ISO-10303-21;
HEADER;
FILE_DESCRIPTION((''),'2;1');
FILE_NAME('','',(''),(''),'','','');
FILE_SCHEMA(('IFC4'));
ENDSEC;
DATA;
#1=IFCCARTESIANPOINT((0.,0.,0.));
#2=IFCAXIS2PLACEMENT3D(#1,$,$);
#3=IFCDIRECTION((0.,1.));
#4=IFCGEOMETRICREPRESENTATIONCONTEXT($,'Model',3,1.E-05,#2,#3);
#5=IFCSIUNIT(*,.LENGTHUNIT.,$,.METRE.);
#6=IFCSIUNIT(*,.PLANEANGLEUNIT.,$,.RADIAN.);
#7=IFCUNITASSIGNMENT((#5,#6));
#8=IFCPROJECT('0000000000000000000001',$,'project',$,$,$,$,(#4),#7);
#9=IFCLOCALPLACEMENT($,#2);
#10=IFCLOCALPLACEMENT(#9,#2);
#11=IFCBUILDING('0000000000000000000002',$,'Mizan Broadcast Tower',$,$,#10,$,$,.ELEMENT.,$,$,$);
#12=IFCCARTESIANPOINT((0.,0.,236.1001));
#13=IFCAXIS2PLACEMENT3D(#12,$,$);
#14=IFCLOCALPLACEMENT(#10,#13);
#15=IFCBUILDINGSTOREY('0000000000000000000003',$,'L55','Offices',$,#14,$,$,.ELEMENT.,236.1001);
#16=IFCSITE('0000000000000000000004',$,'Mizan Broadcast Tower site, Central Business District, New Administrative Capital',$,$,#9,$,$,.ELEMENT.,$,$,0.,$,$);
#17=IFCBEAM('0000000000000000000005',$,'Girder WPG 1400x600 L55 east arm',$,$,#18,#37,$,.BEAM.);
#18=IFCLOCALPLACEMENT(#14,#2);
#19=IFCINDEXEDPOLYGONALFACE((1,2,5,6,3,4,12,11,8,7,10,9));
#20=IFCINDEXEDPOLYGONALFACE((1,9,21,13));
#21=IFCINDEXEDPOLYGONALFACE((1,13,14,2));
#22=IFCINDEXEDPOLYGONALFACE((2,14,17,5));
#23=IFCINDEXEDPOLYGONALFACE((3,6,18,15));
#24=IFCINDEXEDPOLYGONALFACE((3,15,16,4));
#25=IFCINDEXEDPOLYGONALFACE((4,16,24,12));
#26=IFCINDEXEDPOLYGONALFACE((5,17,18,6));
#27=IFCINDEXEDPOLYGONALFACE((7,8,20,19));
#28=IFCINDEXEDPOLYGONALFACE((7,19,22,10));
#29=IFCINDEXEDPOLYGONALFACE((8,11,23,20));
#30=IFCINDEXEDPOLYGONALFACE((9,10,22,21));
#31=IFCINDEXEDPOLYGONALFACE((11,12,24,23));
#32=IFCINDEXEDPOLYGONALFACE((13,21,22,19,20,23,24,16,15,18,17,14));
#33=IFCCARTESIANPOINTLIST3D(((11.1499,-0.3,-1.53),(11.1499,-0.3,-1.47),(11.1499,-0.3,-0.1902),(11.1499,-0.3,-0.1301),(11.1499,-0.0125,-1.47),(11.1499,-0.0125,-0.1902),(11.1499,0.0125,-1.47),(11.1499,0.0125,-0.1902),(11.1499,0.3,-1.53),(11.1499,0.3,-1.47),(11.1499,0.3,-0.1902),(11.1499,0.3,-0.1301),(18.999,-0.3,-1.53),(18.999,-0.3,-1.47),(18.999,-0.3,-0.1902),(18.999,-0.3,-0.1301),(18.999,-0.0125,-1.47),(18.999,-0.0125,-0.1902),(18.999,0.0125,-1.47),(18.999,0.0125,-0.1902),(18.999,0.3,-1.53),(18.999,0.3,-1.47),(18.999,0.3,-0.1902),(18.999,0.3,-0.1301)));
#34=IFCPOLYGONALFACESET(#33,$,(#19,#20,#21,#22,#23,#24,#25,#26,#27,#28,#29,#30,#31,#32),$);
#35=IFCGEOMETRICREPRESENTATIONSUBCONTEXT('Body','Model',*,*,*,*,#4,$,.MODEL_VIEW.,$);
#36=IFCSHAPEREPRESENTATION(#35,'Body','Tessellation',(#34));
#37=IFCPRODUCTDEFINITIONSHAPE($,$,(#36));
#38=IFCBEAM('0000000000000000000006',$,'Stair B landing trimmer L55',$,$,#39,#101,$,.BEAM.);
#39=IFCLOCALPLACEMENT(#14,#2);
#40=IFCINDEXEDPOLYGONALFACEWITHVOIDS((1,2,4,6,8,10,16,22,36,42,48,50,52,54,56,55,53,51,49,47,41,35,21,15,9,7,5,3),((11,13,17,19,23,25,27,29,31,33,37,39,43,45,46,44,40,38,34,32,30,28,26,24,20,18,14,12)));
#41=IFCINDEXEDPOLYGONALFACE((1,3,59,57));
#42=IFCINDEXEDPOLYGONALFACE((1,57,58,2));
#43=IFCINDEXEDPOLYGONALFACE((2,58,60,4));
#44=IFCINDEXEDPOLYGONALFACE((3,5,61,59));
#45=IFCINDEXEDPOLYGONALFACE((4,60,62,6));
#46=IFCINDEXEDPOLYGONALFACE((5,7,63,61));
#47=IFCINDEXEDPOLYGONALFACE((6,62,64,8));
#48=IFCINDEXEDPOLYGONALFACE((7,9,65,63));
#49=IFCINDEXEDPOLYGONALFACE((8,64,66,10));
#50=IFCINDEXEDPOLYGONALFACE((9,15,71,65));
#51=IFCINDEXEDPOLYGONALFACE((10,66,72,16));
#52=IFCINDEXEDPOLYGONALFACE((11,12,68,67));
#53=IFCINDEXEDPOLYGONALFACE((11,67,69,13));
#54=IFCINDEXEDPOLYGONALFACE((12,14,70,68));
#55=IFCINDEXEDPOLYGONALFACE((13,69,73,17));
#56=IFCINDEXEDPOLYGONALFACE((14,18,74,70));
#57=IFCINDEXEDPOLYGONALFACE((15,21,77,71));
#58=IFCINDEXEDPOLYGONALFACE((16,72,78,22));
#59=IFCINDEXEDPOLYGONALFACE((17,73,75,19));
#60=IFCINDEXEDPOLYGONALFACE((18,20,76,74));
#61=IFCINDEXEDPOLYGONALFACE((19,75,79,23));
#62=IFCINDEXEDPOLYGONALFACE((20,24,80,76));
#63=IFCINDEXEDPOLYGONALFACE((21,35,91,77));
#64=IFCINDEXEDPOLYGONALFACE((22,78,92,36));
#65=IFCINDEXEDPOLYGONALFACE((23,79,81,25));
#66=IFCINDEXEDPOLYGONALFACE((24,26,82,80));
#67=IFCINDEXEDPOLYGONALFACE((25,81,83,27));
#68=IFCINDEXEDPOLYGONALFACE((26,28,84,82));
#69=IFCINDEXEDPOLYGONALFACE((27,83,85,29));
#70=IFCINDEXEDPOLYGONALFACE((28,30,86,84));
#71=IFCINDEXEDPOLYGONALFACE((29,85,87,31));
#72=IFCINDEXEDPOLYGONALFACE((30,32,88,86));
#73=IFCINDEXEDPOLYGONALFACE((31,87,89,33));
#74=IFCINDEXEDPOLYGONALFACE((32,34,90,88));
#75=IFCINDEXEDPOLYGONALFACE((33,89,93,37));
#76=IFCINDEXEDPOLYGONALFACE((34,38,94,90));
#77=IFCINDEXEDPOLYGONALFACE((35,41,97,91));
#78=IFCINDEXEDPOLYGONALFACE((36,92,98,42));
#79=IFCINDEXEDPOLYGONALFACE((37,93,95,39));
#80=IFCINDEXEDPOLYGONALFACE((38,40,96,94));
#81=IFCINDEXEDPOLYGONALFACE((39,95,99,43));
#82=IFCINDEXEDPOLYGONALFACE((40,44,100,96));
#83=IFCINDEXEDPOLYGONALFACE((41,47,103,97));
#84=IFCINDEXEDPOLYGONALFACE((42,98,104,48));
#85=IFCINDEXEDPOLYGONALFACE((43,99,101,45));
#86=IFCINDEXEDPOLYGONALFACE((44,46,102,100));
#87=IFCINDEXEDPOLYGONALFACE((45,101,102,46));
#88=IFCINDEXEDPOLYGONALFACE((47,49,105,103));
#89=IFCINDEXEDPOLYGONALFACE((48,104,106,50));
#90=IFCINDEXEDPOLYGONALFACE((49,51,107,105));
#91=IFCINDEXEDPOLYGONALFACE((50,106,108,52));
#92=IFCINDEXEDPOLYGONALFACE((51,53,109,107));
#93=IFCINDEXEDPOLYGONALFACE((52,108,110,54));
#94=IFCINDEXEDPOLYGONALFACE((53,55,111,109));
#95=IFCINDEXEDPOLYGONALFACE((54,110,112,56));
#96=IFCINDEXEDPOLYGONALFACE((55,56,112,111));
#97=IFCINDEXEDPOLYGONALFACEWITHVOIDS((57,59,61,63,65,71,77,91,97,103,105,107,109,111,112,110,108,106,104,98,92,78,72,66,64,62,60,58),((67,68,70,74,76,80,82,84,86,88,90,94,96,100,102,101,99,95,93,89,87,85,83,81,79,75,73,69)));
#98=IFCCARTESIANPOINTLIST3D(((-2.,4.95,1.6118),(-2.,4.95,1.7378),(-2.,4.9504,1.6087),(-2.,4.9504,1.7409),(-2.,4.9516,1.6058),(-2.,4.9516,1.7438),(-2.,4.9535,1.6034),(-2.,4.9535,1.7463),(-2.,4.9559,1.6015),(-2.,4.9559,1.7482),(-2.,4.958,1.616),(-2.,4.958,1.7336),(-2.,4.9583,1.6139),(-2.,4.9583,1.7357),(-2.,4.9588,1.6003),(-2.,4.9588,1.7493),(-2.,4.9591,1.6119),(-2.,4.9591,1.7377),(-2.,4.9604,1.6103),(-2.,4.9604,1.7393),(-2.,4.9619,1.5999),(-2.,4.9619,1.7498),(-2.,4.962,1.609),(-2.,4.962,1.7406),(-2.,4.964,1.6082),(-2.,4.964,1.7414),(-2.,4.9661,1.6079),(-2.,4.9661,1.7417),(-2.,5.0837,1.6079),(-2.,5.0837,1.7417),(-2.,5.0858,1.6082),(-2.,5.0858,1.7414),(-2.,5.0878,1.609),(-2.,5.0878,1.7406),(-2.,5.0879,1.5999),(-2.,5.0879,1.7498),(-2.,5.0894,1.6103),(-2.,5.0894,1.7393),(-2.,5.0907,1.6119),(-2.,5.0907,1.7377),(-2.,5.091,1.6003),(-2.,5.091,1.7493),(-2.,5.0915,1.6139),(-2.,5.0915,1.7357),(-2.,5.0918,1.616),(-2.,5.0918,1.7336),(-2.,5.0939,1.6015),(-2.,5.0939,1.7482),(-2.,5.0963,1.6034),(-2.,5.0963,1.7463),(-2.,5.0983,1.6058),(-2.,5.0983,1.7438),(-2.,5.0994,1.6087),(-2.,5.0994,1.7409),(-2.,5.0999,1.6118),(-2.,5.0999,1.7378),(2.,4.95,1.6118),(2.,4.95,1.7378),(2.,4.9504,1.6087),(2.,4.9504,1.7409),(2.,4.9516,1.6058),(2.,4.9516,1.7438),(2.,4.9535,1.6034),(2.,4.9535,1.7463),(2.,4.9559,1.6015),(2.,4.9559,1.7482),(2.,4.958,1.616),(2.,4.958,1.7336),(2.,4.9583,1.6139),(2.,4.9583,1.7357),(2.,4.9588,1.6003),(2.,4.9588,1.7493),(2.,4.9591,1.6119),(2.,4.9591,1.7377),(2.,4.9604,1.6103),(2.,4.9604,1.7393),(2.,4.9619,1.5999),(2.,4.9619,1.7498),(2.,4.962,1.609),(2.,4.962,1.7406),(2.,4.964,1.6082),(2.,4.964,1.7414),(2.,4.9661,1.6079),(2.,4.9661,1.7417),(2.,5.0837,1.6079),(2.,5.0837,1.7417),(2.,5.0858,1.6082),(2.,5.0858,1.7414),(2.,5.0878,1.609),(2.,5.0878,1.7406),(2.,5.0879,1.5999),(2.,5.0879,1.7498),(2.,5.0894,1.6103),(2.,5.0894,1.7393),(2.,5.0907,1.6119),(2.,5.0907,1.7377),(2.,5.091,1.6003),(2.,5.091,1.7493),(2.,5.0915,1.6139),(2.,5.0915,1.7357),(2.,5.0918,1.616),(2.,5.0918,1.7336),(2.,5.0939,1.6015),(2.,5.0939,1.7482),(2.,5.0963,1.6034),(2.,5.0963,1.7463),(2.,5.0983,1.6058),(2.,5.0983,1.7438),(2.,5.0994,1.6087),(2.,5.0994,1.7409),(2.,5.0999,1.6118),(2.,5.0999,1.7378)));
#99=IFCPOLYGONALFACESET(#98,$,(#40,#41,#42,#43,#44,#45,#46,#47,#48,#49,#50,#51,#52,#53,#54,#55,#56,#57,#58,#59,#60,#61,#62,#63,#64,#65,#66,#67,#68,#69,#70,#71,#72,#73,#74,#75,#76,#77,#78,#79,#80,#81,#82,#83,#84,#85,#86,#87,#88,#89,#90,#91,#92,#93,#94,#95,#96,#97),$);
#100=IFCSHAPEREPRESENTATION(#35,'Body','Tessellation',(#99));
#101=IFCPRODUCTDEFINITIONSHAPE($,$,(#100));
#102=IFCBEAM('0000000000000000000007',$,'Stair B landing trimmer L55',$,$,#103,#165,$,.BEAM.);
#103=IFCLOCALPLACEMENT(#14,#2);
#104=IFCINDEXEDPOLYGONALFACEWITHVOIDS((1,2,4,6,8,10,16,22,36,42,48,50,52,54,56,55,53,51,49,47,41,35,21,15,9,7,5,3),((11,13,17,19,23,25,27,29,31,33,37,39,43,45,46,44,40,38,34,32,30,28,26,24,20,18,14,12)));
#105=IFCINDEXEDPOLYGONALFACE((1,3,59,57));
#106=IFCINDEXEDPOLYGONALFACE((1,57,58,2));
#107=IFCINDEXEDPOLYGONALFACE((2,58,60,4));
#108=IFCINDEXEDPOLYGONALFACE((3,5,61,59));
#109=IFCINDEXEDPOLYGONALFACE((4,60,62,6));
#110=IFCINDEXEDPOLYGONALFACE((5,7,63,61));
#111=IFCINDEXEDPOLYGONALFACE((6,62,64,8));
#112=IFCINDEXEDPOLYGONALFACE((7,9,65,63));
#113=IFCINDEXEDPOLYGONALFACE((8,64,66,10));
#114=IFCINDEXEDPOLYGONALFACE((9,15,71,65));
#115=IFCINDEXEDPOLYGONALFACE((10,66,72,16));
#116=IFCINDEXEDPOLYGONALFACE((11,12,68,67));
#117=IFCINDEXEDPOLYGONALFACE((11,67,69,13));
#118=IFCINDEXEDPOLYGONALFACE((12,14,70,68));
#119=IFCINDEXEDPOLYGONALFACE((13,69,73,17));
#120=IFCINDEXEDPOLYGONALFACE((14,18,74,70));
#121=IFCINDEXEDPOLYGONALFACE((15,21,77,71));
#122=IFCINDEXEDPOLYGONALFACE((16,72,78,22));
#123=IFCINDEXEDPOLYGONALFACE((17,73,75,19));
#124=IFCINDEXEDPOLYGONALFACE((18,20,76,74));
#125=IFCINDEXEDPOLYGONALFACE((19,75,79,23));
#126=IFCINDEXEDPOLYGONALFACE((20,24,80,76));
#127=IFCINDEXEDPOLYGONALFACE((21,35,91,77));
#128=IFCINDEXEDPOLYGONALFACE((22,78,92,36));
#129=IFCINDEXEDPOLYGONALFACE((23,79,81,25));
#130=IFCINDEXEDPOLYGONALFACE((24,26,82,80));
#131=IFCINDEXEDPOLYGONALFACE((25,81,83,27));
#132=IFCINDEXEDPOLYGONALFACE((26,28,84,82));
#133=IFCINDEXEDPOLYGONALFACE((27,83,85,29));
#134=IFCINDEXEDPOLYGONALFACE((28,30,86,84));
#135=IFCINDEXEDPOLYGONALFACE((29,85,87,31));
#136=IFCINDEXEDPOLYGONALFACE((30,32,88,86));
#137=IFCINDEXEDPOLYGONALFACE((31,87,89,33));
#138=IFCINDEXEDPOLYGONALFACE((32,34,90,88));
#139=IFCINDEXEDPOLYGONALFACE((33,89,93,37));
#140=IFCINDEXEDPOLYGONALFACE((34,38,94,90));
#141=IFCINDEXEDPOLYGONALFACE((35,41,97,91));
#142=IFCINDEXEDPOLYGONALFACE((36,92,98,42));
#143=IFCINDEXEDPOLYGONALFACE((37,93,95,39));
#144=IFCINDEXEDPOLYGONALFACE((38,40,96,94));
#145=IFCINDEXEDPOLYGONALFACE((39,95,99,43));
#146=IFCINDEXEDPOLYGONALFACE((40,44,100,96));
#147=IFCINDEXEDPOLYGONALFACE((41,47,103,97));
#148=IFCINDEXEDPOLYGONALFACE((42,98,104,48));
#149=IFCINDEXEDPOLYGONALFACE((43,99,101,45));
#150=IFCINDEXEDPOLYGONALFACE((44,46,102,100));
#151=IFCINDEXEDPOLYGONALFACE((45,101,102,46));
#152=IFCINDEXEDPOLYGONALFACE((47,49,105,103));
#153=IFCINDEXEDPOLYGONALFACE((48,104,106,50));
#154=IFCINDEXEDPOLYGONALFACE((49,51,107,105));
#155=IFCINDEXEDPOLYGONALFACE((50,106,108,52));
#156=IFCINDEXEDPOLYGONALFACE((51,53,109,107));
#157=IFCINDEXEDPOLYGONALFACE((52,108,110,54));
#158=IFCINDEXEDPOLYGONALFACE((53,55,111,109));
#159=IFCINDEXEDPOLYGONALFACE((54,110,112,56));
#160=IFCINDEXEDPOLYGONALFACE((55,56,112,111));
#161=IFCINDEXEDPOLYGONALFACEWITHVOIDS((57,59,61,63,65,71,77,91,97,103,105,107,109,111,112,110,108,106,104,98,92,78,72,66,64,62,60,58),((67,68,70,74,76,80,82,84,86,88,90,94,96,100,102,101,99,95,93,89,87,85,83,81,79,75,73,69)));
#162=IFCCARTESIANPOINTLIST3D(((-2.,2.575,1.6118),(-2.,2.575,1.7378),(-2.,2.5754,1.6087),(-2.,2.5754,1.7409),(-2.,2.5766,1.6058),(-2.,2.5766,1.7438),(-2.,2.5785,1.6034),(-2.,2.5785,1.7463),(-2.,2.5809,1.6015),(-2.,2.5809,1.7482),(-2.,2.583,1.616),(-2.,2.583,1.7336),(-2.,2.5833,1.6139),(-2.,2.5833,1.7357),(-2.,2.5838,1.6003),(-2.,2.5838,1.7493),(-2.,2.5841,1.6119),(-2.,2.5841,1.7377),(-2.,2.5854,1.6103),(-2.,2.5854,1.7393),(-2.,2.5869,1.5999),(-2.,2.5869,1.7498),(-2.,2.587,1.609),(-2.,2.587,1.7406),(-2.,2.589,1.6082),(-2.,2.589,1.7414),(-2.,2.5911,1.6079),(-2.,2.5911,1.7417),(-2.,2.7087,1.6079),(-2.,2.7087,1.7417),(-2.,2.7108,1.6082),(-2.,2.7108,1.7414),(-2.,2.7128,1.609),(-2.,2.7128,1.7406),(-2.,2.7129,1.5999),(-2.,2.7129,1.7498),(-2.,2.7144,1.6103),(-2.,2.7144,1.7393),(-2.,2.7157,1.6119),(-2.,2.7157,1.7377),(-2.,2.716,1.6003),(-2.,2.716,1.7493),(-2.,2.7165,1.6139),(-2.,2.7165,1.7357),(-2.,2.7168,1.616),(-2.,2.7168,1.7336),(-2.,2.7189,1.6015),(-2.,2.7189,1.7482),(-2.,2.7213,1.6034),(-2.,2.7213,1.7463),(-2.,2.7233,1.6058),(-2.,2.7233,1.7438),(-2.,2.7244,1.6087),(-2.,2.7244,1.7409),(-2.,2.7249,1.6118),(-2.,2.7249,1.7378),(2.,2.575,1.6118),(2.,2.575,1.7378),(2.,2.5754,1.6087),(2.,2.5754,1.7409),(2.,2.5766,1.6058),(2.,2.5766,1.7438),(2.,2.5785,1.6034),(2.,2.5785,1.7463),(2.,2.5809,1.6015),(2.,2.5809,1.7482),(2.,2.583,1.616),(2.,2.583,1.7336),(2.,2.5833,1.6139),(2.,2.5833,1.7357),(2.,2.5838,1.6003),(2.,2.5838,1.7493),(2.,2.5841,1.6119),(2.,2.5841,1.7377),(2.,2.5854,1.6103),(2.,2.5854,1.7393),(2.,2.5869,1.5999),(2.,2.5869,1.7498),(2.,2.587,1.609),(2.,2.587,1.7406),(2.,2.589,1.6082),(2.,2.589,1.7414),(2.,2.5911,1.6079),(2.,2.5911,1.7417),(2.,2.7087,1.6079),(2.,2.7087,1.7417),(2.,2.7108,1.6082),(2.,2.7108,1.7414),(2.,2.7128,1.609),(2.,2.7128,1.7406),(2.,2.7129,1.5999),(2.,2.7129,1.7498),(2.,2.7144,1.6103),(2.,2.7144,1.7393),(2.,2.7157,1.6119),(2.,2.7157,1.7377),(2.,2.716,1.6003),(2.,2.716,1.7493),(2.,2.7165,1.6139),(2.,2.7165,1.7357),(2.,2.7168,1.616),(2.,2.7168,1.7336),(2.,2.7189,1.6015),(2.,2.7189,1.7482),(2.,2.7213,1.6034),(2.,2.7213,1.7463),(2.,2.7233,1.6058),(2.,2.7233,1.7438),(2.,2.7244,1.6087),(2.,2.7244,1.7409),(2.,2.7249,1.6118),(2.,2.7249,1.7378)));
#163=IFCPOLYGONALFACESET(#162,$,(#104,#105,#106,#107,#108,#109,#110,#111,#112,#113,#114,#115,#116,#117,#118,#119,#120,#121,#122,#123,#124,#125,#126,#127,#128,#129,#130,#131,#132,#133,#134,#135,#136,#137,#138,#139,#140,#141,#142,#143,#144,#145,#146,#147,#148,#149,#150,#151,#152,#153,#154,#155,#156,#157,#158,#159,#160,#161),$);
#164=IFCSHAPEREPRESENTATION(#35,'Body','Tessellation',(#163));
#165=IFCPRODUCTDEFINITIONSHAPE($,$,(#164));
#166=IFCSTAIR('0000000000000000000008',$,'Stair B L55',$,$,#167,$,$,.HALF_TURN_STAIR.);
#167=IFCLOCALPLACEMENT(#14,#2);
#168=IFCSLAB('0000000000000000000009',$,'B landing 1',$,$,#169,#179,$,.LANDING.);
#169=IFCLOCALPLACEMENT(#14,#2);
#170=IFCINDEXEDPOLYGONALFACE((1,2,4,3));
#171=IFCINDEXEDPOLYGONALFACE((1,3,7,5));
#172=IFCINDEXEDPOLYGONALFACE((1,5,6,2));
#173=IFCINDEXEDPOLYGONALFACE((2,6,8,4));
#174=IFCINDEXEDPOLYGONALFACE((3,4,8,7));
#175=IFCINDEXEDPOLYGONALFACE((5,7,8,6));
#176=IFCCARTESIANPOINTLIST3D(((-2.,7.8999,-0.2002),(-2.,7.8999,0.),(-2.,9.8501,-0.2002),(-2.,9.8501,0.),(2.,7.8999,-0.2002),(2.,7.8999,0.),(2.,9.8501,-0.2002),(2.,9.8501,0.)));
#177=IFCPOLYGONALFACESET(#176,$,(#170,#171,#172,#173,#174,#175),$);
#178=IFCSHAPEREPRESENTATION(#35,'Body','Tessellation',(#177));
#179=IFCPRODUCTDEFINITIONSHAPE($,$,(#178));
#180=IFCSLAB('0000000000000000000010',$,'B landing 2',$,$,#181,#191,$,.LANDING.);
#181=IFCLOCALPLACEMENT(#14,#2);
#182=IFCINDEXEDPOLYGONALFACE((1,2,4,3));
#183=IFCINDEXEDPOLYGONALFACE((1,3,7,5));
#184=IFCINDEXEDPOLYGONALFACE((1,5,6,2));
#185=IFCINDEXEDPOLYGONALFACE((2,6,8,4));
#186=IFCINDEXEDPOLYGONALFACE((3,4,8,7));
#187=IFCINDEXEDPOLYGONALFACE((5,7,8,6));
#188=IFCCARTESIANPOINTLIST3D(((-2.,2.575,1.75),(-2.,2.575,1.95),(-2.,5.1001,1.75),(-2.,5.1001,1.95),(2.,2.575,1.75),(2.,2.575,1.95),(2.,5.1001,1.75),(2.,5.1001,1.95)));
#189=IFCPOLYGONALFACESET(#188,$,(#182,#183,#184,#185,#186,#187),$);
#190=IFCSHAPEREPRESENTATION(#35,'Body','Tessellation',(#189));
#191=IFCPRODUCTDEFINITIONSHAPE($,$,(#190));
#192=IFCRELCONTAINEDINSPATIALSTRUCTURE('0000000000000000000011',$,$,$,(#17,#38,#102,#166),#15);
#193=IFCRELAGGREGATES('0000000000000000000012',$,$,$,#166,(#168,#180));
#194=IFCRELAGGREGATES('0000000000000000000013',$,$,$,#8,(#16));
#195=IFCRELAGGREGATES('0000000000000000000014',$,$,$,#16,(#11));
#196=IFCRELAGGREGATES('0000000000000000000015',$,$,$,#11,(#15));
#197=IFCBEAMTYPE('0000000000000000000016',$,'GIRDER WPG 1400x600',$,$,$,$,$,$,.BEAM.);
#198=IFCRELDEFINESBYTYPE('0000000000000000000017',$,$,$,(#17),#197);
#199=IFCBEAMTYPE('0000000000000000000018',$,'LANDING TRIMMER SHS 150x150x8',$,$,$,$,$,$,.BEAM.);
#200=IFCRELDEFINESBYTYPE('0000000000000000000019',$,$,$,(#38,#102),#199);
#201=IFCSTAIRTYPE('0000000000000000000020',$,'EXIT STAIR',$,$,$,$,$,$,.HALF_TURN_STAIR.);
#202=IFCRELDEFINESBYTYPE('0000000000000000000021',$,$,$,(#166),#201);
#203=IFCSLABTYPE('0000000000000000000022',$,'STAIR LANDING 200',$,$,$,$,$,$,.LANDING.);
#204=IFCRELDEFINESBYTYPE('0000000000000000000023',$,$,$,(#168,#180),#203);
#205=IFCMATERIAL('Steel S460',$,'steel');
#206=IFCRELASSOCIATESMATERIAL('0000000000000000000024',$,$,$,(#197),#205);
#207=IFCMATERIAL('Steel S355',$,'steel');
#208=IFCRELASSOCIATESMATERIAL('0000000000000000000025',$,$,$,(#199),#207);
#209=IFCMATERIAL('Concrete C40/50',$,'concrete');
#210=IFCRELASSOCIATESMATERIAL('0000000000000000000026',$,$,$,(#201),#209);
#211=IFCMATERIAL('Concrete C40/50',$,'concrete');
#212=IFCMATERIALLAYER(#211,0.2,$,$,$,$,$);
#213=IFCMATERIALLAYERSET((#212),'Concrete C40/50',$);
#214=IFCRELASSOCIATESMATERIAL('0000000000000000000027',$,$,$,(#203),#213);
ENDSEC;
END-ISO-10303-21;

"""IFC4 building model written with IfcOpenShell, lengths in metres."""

from ifc_helpers import new_model, si_unit, direction, frame, origin, origin_2d, place, context, subcontext, project, spatial, polyline, hollow_rectangle, i_section, outline, extrude, material, layer, layer_set, material_profile, profile_set, type_object, element, aggregate, save


model = new_model("IFC4")

# Units and contexts
model_context = context("Model", 3, precision=1e-05, world=origin(), true_north=direction((0.0, 1.0)))
body_context = subcontext(model_context, "Body", "Model", "MODEL_VIEW")
ifc_project = project(units=[si_unit("LENGTHUNIT", "METRE"), si_unit("PLANEANGLEUNIT", "RADIAN")], contexts=[model_context])

# Site, building, storey
site_placement = place(None, origin())
site = spatial("IfcSite", under=ifc_project, at=site_placement, Name="Mizan Broadcast Tower site, Central Business District, New Administrative Capital", CompositionType="ELEMENT", RefElevation=0.0)
building_placement = place(site_placement, origin())
building = spatial("IfcBuilding", under=site, at=building_placement, Name="Mizan Broadcast Tower", CompositionType="ELEMENT")
storey_placement = place(building_placement, frame((0.0, 0.0, 236.1001)))
storey = spatial("IfcBuildingStorey", under=building, at=storey_placement, Name="L55", Description="Offices", CompositionType="ELEMENT", Elevation=236.1001)

# Beams
ifc_material_1 = material(Name="Steel S460", Category="steel")
ifc_material_profile_1 = material_profile(ifc_material_1, i_section(OverallWidth=0.6001, OverallDepth=1.3999, WebThickness=0.0249, FlangeThickness=0.0601, at=origin_2d()), Name="WPG 1400x600")
ifc_profile_set_1 = profile_set([ifc_material_profile_1], Name="Steel S460")
beam_type_1 = type_object("IfcBeamType", Name="GIRDER WPG 1400x600", PredefinedType="BEAM", material=ifc_profile_set_1)
beam_placement = place(storey_placement, frame((11.1499, 0.0, -0.8301), z_axis=(1.0, 0.0, 0.0), x_axis=(0.0, 1.0, 0.0)))
element("IfcBeam", 1, at=beam_placement, inside=storey, type_object=beam_type_1, Name="Girder WPG 1400x600 L55 east arm", PredefinedType="BEAM", context=body_context, shape_type="SweptSolid", body=[
    extrude(i_section(OverallWidth=0.6001, OverallDepth=1.3999, WebThickness=0.0249, FlangeThickness=0.0601, at=origin_2d()), origin(), (0.0, 0.0, 1.0), 7.8491),
])
ifc_material_2 = material(Name="Steel S355", Category="steel")
ifc_material_profile_2 = material_profile(ifc_material_2, hollow_rectangle(XDim=0.1499, YDim=0.1499, WallThickness=0.0081, InnerFilletRadius=0.0081, OuterFilletRadius=0.012, at=origin_2d()), Name="SHS 150x150x8")
ifc_profile_set_2 = profile_set([ifc_material_profile_2], Name="Steel S355")
beam_type_2 = type_object("IfcBeamType", Name="LANDING TRIMMER SHS 150x150x8", PredefinedType="BEAM", material=ifc_profile_set_2)
for number, where, z_axis, x_axis, name in (
    (2, (2.0, 5.0249, 1.6748), (-1.0, 0.0, 0.0), (0.0, -1.0, 0.0), "Stair B landing trimmer L55"),
    (3, (2.0, 2.6499, 1.6748), (-1.0, 0.0, 0.0), (0.0, -1.0, 0.0), "Stair B landing trimmer L55"),
):
    element("IfcBeam", number, at=place(storey_placement, frame(where, z_axis=z_axis, x_axis=x_axis)), inside=storey, type_object=beam_type_2, Name=name, PredefinedType="BEAM", context=body_context, shape_type="SweptSolid", body=[
        extrude(hollow_rectangle(XDim=0.1499, YDim=0.1499, WallThickness=0.0081, InnerFilletRadius=0.0081, OuterFilletRadius=0.012, at=origin_2d()), origin(), (0.0, 0.0, 1.0), 4.0),
    ])

# Stair, slabs
ifc_material_3 = material(Name="Concrete C40/50", Category="concrete")
stair_type = type_object("IfcStairType", Name="EXIT STAIR", PredefinedType="HALF_TURN_STAIR", material=ifc_material_3)
stair_placement = place(storey_placement, origin())
stair = element("IfcStair", 4, at=stair_placement, inside=storey, type_object=stair_type, Name="Stair B L55", PredefinedType="HALF_TURN_STAIR")
ifc_material_4 = material(Name="Concrete C40/50", Category="concrete")
ifc_layer_1 = layer(ifc_material_4, 0.2)
ifc_layer_set_1 = layer_set([ifc_layer_1], Name="Concrete C40/50")
slab_type = type_object("IfcSlabType", Name="STAIR LANDING 200", PredefinedType="LANDING", material=ifc_layer_set_1)
slab_1_placement = place(storey_placement, frame((0.0, 0.0, -0.2002)))
slab_1 = element("IfcSlab", 5, at=slab_1_placement, type_object=slab_type, Name="B landing 1", PredefinedType="LANDING", context=body_context, shape_type="SweptSolid", body=[
    extrude(outline(polyline([(2.0, 9.8501), (2.0, 7.8999), (-2.0, 7.8999), (-2.0, 9.8501), (2.0, 9.8501)])), origin(), (0.0, 0.0, 1.0), 0.2002),
])
slab_2_placement = place(storey_placement, frame((0.0, 0.0, 1.75)))
slab_2 = element("IfcSlab", 6, at=slab_2_placement, type_object=slab_type, Name="B landing 2", PredefinedType="LANDING", context=body_context, shape_type="SweptSolid", body=[
    extrude(outline(polyline([(2.0, 5.1001), (2.0, 2.575), (-2.0, 2.575), (-2.0, 5.1001), (2.0, 5.1001)])), origin(), (0.0, 0.0, 1.0), 0.2),
])

aggregate(stair, [slab_1, slab_2])

save(model, "model.ifc")
